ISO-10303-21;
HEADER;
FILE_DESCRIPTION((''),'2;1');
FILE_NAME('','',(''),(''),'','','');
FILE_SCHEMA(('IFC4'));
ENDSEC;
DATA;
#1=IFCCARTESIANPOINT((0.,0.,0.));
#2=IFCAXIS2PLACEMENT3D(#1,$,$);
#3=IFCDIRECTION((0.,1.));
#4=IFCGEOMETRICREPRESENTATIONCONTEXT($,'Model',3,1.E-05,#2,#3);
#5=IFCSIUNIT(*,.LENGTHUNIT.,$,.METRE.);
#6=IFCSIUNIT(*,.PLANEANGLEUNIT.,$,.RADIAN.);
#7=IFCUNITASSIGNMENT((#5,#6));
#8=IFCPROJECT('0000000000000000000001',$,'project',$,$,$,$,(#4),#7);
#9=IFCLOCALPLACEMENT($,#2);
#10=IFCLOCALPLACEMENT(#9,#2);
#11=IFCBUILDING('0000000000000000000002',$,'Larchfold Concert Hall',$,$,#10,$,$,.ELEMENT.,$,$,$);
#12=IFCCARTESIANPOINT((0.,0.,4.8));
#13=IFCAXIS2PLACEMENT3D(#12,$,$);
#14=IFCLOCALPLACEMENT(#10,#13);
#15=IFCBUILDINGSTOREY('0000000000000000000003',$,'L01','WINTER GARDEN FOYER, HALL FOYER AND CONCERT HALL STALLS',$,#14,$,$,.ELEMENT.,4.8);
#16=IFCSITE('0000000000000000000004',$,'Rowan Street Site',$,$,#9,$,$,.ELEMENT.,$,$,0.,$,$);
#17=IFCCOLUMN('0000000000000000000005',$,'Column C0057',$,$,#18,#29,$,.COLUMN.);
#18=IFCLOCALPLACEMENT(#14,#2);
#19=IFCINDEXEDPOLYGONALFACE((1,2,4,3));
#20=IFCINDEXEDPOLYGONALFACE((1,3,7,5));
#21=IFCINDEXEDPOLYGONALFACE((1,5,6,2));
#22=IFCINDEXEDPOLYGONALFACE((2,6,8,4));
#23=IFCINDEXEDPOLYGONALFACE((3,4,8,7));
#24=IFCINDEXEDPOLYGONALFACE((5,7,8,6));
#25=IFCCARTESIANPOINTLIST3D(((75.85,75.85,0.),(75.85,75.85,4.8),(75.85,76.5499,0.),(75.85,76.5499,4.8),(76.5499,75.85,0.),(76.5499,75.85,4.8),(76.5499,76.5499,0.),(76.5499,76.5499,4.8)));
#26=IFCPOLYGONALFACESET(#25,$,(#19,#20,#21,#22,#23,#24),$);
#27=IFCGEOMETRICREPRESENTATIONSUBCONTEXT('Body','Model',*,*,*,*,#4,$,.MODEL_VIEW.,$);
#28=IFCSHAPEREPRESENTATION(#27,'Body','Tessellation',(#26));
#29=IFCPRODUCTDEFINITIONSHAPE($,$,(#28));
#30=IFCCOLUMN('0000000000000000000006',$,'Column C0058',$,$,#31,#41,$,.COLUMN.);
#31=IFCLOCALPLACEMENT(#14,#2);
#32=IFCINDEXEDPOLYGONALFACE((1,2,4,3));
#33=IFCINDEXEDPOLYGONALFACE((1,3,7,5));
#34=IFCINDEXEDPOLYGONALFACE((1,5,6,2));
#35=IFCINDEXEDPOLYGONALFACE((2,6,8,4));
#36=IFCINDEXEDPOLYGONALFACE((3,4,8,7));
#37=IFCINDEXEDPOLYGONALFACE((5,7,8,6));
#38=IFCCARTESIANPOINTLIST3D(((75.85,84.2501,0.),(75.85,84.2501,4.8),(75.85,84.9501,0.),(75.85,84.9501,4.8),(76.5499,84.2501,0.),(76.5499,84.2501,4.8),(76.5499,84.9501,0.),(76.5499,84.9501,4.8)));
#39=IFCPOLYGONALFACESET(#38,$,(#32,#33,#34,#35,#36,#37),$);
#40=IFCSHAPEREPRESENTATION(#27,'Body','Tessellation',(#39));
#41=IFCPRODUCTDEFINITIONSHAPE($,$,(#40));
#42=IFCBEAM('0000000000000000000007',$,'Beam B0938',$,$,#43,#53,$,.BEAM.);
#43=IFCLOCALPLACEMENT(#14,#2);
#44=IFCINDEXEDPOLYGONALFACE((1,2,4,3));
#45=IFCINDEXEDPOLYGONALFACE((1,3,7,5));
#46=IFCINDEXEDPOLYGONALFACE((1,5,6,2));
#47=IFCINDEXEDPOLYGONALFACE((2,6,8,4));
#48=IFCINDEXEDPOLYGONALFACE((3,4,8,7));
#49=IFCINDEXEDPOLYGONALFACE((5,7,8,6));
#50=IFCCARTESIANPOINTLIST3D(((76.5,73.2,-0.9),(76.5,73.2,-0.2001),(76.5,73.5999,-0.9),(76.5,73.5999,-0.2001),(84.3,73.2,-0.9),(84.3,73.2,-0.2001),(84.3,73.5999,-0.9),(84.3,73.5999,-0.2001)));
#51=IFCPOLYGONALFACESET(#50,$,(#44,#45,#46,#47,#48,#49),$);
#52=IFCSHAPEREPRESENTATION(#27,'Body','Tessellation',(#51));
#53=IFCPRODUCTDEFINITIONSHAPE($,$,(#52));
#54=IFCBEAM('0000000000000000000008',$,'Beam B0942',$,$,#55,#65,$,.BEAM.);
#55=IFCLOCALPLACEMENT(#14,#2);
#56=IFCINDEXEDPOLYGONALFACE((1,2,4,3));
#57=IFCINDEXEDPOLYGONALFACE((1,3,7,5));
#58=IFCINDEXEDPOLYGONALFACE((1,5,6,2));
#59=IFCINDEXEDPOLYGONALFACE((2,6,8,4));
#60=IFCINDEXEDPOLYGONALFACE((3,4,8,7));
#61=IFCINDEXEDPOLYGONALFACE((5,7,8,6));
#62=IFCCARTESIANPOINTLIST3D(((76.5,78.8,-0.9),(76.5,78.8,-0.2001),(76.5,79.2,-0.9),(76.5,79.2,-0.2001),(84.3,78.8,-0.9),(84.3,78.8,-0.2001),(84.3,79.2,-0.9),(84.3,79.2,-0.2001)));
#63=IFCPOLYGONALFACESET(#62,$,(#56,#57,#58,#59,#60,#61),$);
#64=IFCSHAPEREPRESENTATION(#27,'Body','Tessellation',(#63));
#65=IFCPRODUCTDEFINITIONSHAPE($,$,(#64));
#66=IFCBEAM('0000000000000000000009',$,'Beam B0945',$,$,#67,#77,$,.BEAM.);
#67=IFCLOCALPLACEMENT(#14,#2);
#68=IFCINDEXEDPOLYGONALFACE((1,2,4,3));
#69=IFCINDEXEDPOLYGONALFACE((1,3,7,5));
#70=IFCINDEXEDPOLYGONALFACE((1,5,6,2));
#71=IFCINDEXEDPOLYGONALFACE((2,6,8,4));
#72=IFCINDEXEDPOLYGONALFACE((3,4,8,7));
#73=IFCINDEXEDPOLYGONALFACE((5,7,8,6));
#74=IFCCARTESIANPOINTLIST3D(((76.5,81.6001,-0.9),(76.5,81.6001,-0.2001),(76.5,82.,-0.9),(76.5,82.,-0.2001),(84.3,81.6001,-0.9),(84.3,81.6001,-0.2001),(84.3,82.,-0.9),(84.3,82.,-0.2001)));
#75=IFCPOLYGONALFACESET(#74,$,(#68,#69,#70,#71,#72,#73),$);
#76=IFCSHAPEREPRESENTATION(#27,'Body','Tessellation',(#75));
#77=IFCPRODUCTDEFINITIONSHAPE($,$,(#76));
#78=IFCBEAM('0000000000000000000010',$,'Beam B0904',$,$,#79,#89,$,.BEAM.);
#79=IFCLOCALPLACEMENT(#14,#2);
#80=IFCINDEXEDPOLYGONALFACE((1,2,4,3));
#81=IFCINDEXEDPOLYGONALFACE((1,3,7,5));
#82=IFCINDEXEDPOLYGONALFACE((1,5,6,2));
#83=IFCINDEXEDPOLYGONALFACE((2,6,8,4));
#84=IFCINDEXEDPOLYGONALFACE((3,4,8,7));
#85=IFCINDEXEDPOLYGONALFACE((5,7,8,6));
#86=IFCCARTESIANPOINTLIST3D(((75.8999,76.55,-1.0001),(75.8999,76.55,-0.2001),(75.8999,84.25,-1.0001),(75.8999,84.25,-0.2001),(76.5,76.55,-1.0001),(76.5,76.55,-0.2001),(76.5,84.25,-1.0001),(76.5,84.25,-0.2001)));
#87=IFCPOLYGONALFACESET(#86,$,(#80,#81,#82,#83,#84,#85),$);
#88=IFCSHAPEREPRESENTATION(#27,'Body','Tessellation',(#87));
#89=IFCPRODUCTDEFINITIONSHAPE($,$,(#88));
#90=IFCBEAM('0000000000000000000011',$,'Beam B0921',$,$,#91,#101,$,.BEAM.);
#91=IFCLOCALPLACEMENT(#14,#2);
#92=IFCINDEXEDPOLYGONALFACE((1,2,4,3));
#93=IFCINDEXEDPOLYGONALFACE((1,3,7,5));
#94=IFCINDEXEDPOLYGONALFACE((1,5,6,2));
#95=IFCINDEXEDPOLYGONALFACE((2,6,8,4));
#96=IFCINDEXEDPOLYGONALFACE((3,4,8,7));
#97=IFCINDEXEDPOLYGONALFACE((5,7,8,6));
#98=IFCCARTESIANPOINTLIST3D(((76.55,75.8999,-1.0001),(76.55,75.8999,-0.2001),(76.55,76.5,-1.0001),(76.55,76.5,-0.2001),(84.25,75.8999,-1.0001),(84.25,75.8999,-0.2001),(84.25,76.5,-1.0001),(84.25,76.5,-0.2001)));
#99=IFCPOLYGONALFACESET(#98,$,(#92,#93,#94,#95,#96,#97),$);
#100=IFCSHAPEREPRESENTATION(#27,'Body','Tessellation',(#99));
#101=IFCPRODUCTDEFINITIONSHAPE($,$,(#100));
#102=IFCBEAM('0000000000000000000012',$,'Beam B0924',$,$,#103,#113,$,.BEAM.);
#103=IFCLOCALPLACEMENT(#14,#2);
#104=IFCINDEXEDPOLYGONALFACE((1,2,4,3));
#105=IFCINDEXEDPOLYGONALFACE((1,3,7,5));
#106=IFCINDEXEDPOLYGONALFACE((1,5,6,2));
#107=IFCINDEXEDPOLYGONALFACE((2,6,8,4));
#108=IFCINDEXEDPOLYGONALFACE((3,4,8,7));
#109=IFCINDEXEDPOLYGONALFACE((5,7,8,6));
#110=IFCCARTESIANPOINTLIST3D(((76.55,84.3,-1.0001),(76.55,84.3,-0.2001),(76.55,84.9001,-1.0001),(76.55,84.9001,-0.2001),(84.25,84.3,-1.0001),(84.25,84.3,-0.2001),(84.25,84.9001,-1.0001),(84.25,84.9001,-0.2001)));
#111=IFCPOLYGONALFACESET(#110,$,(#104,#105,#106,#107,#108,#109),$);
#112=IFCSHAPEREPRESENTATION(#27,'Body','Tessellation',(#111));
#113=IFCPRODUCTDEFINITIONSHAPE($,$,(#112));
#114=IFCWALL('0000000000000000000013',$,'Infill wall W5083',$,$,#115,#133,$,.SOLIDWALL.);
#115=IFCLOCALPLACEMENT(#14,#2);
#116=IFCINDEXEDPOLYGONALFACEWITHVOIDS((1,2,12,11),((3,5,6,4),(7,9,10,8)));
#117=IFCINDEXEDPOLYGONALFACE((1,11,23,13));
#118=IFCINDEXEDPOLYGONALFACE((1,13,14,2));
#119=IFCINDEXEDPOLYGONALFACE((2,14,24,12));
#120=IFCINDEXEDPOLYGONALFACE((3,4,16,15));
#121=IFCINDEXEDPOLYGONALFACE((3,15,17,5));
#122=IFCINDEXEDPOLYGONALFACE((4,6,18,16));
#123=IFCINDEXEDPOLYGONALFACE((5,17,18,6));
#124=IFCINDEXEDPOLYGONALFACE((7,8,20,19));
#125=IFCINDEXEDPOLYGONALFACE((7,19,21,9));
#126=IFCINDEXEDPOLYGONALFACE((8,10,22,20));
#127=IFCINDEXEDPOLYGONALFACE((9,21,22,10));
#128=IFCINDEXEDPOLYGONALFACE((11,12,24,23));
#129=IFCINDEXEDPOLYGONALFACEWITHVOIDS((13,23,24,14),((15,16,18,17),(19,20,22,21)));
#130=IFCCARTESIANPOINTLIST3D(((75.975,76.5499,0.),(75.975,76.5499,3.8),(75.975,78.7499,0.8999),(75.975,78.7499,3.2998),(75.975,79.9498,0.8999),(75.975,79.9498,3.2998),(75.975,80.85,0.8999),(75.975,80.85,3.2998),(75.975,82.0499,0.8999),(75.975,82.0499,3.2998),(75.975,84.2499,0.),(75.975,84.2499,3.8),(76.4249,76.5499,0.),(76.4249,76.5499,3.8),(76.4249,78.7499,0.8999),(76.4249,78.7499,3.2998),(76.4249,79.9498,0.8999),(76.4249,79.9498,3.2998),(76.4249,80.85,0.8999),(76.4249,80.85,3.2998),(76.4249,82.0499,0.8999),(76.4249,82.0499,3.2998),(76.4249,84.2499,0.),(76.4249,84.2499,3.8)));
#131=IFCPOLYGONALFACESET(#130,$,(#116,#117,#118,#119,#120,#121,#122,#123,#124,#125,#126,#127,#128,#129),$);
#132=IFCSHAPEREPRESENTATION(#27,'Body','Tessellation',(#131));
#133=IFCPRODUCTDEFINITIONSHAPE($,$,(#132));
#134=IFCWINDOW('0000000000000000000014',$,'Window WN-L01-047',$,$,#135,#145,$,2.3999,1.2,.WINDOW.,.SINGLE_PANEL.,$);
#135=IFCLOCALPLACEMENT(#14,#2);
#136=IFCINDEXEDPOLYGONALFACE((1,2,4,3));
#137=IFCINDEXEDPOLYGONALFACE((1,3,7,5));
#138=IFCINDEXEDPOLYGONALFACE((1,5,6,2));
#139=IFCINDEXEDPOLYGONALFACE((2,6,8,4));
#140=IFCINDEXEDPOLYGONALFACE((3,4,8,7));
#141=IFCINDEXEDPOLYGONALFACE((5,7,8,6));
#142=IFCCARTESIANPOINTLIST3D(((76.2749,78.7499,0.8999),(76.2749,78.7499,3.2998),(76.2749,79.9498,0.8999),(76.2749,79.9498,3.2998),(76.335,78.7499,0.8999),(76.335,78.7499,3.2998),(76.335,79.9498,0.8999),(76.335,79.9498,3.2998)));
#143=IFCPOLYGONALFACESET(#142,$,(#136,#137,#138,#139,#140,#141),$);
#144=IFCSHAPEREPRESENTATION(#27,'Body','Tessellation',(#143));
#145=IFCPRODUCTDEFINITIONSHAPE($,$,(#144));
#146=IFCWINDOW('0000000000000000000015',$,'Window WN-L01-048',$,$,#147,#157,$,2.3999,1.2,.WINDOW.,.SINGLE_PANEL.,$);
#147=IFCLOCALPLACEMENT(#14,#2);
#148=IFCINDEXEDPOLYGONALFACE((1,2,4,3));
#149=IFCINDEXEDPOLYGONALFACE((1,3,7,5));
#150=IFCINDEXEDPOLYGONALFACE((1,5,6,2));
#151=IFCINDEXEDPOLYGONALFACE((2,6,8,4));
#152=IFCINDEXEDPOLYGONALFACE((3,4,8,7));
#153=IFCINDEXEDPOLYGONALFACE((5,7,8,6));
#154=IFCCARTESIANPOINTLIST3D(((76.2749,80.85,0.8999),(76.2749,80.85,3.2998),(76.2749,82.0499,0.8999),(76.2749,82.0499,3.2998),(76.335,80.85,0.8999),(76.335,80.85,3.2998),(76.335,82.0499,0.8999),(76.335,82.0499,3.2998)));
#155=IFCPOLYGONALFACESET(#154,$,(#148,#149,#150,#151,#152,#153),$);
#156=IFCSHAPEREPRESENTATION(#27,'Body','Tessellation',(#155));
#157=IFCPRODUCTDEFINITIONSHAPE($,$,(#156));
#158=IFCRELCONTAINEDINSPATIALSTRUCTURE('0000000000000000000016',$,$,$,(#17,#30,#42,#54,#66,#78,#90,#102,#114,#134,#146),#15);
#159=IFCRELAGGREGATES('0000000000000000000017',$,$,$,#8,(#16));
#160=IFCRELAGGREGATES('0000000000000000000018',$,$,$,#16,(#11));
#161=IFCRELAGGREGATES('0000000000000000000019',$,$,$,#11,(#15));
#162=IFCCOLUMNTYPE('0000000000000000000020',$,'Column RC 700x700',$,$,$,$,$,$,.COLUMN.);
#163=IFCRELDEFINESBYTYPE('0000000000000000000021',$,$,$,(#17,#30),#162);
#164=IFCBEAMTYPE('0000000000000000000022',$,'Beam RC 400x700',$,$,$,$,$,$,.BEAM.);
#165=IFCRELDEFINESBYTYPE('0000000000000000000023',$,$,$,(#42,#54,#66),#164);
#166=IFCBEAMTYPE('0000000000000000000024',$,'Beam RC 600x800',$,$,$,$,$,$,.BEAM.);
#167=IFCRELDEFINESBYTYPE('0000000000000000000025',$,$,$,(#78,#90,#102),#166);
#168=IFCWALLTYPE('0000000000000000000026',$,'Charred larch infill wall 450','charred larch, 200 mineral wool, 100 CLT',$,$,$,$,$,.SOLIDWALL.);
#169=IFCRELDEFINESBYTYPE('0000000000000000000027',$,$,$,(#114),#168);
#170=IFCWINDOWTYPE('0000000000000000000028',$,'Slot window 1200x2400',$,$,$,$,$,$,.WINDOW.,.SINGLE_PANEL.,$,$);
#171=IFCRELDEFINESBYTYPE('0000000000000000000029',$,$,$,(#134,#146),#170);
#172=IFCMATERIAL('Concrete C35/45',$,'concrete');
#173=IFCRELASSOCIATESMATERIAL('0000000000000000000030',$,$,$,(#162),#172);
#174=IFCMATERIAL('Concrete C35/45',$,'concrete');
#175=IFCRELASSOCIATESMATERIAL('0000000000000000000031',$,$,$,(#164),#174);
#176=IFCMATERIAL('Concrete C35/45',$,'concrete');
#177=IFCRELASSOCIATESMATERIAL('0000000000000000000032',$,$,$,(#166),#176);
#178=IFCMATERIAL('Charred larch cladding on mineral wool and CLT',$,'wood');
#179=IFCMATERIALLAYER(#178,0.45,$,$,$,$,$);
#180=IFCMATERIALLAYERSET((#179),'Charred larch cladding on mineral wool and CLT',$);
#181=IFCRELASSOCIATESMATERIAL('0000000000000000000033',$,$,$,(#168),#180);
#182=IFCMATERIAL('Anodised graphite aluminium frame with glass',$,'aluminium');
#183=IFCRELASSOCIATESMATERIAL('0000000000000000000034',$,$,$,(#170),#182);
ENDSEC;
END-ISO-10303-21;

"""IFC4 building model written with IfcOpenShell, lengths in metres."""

from ifc_helpers import new_model, si_unit, direction, frame, frame_2d, origin, origin_2d, place, context, subcontext, project, spatial, rectangle, extrude, material, layer, layer_set, material_profile, profile_set, type_object, element, fill, save


model = new_model("IFC4")

# Units and contexts
model_context = context("Model", 3, precision=1e-05, world=origin(), true_north=direction((0.0, 1.0)))
body_context = subcontext(model_context, "Body", "Model", "MODEL_VIEW")
ifc_project = project(units=[si_unit("LENGTHUNIT", "METRE"), si_unit("PLANEANGLEUNIT", "RADIAN")], contexts=[model_context])

# Site, building, storey
site_placement = place(None, origin())
site = spatial("IfcSite", under=ifc_project, at=site_placement, Name="Rowan Street Site", CompositionType="ELEMENT", RefElevation=0.0)
building_placement = place(site_placement, origin())
building = spatial("IfcBuilding", under=site, at=building_placement, Name="Larchfold Concert Hall", CompositionType="ELEMENT")
storey_placement = place(building_placement, frame((0.0, 0.0, 4.8)))
storey = spatial("IfcBuildingStorey", under=building, at=storey_placement, Name="L01", Description="WINTER GARDEN FOYER, HALL FOYER AND CONCERT HALL STALLS", CompositionType="ELEMENT", Elevation=4.8)

# Columns
ifc_material_1 = material(Name="Concrete C35/45", Category="concrete")
ifc_material_profile_1 = material_profile(ifc_material_1, rectangle(XDim=0.7, YDim=0.7, at=origin_2d()))
ifc_profile_set_1 = profile_set([ifc_material_profile_1], Name="Concrete C35/45")
column_type = type_object("IfcColumnType", Name="Column RC 700x700", PredefinedType="COLUMN", material=ifc_profile_set_1)
for number, where, z_axis, x_axis, name in (
    (1, (76.2, 76.2, 0.0), (0.0, 0.0, 1.0), (1.0, 0.0, 0.0), "Column C0057"),
    (2, (76.2, 84.6001, 0.0), (0.0, 0.0, 1.0), (1.0, 0.0, 0.0), "Column C0058"),
):
    element("IfcColumn", number, at=place(storey_placement, frame(where, z_axis=z_axis, x_axis=x_axis)), inside=storey, type_object=column_type, Name=name, PredefinedType="COLUMN", context=body_context, shape_type="SweptSolid", body=[
        extrude(rectangle(XDim=0.7, YDim=0.7, at=origin_2d()), origin(), (0.0, 0.0, 1.0), 4.8),
    ])

# Beams
ifc_material_2 = material(Name="Concrete C35/45", Category="concrete")
ifc_material_profile_2 = material_profile(ifc_material_2, rectangle(XDim=0.3999, YDim=0.7, at=origin_2d()))
ifc_profile_set_2 = profile_set([ifc_material_profile_2], Name="Concrete C35/45")
beam_type_1 = type_object("IfcBeamType", Name="Beam RC 400x700", PredefinedType="BEAM", material=ifc_profile_set_2)
for number, where, z_axis, x_axis, name in (
    (3, (76.5, 73.3999, -0.55), (1.0, 0.0, 0.0), (0.0, 1.0, 0.0), "Beam B0938"),
    (4, (76.5, 79.0, -0.55), (1.0, 0.0, 0.0), (0.0, 1.0, 0.0), "Beam B0942"),
    (5, (76.5, 81.8, -0.55), (1.0, 0.0, 0.0), (0.0, 1.0, 0.0), "Beam B0945"),
):
    element("IfcBeam", number, at=place(storey_placement, frame(where, z_axis=z_axis, x_axis=x_axis)), inside=storey, type_object=beam_type_1, Name=name, PredefinedType="BEAM", context=body_context, shape_type="SweptSolid", body=[
        extrude(rectangle(XDim=0.3999, YDim=0.7, at=origin_2d()), origin(), (0.0, 0.0, 1.0), 7.8),
    ])
ifc_material_3 = material(Name="Concrete C35/45", Category="concrete")
ifc_material_profile_3 = material_profile(ifc_material_3, rectangle(XDim=0.6001, YDim=0.8, at=origin_2d()))
ifc_profile_set_3 = profile_set([ifc_material_profile_3], Name="Concrete C35/45")
beam_type_2 = type_object("IfcBeamType", Name="Beam RC 600x800", PredefinedType="BEAM", material=ifc_profile_set_3)
for number, where, z_axis, x_axis, name in (
    (6, (76.2, 76.55, -0.6001), (0.0, 1.0, 0.0), (-1.0, 0.0, 0.0), "Beam B0904"),
    (7, (76.55, 76.2, -0.6001), (1.0, 0.0, 0.0), (0.0, 1.0, 0.0), "Beam B0921"),
    (8, (76.55, 84.6001, -0.6001), (1.0, 0.0, 0.0), (0.0, 1.0, 0.0), "Beam B0924"),
):
    element("IfcBeam", number, at=place(storey_placement, frame(where, z_axis=z_axis, x_axis=x_axis)), inside=storey, type_object=beam_type_2, Name=name, PredefinedType="BEAM", context=body_context, shape_type="SweptSolid", body=[
        extrude(rectangle(XDim=0.6001, YDim=0.8, at=origin_2d()), origin(), (0.0, 0.0, 1.0), 7.7),
    ])

# Wall, openings, windows
ifc_material_4 = material(Name="Charred larch cladding on mineral wool and CLT", Category="wood")
ifc_layer_1 = layer(ifc_material_4, 0.45)
ifc_layer_set_1 = layer_set([ifc_layer_1], Name="Charred larch cladding on mineral wool and CLT")
wall_type_1 = type_object("IfcWallType", Name="Charred larch infill wall 450", Description="charred larch, 200 mineral wool, 100 CLT", PredefinedType="SOLIDWALL", material=ifc_layer_set_1)
wall_1_placement = place(storey_placement, frame((76.2, 84.25, 0.0), z_axis=(0.0, 0.0, 1.0), x_axis=(0.0, -1.0, 0.0)))
wall_1 = element("IfcWall", 9, at=wall_1_placement, inside=storey, type_object=wall_type_1, Name="Infill wall W5083", PredefinedType="SOLIDWALL", context=body_context, shape_type="SweptSolid", body=[
    extrude(rectangle(XDim=7.7, YDim=0.45, at=frame_2d((3.8501, 0.0))), origin(), (0.0, 0.0, 1.0), 3.8),
])
opening_1_placement = place(wall_1_placement, frame((4.3, 0.0, 0.8999)))
opening_1 = element("IfcOpeningElement", 10, at=opening_1_placement, cuts=wall_1, PredefinedType="OPENING", context=body_context, shape_type="SweptSolid", body=[
    extrude(rectangle(XDim=1.2, YDim=2.3999, at=frame_2d((0.6001, 1.2))), frame((0.0, 0.2349, 0.0), z_axis=(0.0, -1.0, 0.0), x_axis=(1.0, 0.0, 0.0)), (0.0, 0.0, 1.0), 0.47),
])
opening_2_placement = place(wall_1_placement, frame((2.2, 0.0, 0.8999)))
opening_2 = element("IfcOpeningElement", 11, at=opening_2_placement, cuts=wall_1, PredefinedType="OPENING", context=body_context, shape_type="SweptSolid", body=[
    extrude(rectangle(XDim=1.2, YDim=2.3999, at=frame_2d((0.6001, 1.2))), frame((0.0, 0.2349, 0.0), z_axis=(0.0, -1.0, 0.0), x_axis=(1.0, 0.0, 0.0)), (0.0, 0.0, 1.0), 0.47),
])
ifc_material_5 = material(Name="Anodised graphite aluminium frame with glass", Category="aluminium")
window_type_1 = type_object("IfcWindowType", Name="Slot window 1200x2400", PartitioningType="SINGLE_PANEL", PredefinedType="WINDOW", material=ifc_material_5)
window_1_placement = place(opening_1_placement, origin())
window_1 = element("IfcWindow", 12, at=window_1_placement, inside=storey, type_object=window_type_1, Name="Window WN-L01-047", OverallHeight=2.3999, OverallWidth=1.2, PartitioningType="SINGLE_PANEL", PredefinedType="WINDOW", context=body_context, shape_type="SweptSolid", body=[
    extrude(rectangle(XDim=1.2, YDim=2.3999, at=frame_2d((0.6001, 1.2))), frame((0.0, 0.135, 0.0), z_axis=(0.0, -1.0, 0.0), x_axis=(1.0, 0.0, 0.0)), (0.0, 0.0, 1.0), 0.0601),
])
fill(opening_1, window_1)
window_2_placement = place(opening_2_placement, origin())
window_2 = element("IfcWindow", 13, at=window_2_placement, inside=storey, type_object=window_type_1, Name="Window WN-L01-048", OverallHeight=2.3999, OverallWidth=1.2, PartitioningType="SINGLE_PANEL", PredefinedType="WINDOW", context=body_context, shape_type="SweptSolid", body=[
    extrude(rectangle(XDim=1.2, YDim=2.3999, at=frame_2d((0.6001, 1.2))), frame((0.0, 0.135, 0.0), z_axis=(0.0, -1.0, 0.0), x_axis=(1.0, 0.0, 0.0)), (0.0, 0.0, 1.0), 0.0601),
])
fill(opening_2, window_2)

save(model, "model.ifc")
